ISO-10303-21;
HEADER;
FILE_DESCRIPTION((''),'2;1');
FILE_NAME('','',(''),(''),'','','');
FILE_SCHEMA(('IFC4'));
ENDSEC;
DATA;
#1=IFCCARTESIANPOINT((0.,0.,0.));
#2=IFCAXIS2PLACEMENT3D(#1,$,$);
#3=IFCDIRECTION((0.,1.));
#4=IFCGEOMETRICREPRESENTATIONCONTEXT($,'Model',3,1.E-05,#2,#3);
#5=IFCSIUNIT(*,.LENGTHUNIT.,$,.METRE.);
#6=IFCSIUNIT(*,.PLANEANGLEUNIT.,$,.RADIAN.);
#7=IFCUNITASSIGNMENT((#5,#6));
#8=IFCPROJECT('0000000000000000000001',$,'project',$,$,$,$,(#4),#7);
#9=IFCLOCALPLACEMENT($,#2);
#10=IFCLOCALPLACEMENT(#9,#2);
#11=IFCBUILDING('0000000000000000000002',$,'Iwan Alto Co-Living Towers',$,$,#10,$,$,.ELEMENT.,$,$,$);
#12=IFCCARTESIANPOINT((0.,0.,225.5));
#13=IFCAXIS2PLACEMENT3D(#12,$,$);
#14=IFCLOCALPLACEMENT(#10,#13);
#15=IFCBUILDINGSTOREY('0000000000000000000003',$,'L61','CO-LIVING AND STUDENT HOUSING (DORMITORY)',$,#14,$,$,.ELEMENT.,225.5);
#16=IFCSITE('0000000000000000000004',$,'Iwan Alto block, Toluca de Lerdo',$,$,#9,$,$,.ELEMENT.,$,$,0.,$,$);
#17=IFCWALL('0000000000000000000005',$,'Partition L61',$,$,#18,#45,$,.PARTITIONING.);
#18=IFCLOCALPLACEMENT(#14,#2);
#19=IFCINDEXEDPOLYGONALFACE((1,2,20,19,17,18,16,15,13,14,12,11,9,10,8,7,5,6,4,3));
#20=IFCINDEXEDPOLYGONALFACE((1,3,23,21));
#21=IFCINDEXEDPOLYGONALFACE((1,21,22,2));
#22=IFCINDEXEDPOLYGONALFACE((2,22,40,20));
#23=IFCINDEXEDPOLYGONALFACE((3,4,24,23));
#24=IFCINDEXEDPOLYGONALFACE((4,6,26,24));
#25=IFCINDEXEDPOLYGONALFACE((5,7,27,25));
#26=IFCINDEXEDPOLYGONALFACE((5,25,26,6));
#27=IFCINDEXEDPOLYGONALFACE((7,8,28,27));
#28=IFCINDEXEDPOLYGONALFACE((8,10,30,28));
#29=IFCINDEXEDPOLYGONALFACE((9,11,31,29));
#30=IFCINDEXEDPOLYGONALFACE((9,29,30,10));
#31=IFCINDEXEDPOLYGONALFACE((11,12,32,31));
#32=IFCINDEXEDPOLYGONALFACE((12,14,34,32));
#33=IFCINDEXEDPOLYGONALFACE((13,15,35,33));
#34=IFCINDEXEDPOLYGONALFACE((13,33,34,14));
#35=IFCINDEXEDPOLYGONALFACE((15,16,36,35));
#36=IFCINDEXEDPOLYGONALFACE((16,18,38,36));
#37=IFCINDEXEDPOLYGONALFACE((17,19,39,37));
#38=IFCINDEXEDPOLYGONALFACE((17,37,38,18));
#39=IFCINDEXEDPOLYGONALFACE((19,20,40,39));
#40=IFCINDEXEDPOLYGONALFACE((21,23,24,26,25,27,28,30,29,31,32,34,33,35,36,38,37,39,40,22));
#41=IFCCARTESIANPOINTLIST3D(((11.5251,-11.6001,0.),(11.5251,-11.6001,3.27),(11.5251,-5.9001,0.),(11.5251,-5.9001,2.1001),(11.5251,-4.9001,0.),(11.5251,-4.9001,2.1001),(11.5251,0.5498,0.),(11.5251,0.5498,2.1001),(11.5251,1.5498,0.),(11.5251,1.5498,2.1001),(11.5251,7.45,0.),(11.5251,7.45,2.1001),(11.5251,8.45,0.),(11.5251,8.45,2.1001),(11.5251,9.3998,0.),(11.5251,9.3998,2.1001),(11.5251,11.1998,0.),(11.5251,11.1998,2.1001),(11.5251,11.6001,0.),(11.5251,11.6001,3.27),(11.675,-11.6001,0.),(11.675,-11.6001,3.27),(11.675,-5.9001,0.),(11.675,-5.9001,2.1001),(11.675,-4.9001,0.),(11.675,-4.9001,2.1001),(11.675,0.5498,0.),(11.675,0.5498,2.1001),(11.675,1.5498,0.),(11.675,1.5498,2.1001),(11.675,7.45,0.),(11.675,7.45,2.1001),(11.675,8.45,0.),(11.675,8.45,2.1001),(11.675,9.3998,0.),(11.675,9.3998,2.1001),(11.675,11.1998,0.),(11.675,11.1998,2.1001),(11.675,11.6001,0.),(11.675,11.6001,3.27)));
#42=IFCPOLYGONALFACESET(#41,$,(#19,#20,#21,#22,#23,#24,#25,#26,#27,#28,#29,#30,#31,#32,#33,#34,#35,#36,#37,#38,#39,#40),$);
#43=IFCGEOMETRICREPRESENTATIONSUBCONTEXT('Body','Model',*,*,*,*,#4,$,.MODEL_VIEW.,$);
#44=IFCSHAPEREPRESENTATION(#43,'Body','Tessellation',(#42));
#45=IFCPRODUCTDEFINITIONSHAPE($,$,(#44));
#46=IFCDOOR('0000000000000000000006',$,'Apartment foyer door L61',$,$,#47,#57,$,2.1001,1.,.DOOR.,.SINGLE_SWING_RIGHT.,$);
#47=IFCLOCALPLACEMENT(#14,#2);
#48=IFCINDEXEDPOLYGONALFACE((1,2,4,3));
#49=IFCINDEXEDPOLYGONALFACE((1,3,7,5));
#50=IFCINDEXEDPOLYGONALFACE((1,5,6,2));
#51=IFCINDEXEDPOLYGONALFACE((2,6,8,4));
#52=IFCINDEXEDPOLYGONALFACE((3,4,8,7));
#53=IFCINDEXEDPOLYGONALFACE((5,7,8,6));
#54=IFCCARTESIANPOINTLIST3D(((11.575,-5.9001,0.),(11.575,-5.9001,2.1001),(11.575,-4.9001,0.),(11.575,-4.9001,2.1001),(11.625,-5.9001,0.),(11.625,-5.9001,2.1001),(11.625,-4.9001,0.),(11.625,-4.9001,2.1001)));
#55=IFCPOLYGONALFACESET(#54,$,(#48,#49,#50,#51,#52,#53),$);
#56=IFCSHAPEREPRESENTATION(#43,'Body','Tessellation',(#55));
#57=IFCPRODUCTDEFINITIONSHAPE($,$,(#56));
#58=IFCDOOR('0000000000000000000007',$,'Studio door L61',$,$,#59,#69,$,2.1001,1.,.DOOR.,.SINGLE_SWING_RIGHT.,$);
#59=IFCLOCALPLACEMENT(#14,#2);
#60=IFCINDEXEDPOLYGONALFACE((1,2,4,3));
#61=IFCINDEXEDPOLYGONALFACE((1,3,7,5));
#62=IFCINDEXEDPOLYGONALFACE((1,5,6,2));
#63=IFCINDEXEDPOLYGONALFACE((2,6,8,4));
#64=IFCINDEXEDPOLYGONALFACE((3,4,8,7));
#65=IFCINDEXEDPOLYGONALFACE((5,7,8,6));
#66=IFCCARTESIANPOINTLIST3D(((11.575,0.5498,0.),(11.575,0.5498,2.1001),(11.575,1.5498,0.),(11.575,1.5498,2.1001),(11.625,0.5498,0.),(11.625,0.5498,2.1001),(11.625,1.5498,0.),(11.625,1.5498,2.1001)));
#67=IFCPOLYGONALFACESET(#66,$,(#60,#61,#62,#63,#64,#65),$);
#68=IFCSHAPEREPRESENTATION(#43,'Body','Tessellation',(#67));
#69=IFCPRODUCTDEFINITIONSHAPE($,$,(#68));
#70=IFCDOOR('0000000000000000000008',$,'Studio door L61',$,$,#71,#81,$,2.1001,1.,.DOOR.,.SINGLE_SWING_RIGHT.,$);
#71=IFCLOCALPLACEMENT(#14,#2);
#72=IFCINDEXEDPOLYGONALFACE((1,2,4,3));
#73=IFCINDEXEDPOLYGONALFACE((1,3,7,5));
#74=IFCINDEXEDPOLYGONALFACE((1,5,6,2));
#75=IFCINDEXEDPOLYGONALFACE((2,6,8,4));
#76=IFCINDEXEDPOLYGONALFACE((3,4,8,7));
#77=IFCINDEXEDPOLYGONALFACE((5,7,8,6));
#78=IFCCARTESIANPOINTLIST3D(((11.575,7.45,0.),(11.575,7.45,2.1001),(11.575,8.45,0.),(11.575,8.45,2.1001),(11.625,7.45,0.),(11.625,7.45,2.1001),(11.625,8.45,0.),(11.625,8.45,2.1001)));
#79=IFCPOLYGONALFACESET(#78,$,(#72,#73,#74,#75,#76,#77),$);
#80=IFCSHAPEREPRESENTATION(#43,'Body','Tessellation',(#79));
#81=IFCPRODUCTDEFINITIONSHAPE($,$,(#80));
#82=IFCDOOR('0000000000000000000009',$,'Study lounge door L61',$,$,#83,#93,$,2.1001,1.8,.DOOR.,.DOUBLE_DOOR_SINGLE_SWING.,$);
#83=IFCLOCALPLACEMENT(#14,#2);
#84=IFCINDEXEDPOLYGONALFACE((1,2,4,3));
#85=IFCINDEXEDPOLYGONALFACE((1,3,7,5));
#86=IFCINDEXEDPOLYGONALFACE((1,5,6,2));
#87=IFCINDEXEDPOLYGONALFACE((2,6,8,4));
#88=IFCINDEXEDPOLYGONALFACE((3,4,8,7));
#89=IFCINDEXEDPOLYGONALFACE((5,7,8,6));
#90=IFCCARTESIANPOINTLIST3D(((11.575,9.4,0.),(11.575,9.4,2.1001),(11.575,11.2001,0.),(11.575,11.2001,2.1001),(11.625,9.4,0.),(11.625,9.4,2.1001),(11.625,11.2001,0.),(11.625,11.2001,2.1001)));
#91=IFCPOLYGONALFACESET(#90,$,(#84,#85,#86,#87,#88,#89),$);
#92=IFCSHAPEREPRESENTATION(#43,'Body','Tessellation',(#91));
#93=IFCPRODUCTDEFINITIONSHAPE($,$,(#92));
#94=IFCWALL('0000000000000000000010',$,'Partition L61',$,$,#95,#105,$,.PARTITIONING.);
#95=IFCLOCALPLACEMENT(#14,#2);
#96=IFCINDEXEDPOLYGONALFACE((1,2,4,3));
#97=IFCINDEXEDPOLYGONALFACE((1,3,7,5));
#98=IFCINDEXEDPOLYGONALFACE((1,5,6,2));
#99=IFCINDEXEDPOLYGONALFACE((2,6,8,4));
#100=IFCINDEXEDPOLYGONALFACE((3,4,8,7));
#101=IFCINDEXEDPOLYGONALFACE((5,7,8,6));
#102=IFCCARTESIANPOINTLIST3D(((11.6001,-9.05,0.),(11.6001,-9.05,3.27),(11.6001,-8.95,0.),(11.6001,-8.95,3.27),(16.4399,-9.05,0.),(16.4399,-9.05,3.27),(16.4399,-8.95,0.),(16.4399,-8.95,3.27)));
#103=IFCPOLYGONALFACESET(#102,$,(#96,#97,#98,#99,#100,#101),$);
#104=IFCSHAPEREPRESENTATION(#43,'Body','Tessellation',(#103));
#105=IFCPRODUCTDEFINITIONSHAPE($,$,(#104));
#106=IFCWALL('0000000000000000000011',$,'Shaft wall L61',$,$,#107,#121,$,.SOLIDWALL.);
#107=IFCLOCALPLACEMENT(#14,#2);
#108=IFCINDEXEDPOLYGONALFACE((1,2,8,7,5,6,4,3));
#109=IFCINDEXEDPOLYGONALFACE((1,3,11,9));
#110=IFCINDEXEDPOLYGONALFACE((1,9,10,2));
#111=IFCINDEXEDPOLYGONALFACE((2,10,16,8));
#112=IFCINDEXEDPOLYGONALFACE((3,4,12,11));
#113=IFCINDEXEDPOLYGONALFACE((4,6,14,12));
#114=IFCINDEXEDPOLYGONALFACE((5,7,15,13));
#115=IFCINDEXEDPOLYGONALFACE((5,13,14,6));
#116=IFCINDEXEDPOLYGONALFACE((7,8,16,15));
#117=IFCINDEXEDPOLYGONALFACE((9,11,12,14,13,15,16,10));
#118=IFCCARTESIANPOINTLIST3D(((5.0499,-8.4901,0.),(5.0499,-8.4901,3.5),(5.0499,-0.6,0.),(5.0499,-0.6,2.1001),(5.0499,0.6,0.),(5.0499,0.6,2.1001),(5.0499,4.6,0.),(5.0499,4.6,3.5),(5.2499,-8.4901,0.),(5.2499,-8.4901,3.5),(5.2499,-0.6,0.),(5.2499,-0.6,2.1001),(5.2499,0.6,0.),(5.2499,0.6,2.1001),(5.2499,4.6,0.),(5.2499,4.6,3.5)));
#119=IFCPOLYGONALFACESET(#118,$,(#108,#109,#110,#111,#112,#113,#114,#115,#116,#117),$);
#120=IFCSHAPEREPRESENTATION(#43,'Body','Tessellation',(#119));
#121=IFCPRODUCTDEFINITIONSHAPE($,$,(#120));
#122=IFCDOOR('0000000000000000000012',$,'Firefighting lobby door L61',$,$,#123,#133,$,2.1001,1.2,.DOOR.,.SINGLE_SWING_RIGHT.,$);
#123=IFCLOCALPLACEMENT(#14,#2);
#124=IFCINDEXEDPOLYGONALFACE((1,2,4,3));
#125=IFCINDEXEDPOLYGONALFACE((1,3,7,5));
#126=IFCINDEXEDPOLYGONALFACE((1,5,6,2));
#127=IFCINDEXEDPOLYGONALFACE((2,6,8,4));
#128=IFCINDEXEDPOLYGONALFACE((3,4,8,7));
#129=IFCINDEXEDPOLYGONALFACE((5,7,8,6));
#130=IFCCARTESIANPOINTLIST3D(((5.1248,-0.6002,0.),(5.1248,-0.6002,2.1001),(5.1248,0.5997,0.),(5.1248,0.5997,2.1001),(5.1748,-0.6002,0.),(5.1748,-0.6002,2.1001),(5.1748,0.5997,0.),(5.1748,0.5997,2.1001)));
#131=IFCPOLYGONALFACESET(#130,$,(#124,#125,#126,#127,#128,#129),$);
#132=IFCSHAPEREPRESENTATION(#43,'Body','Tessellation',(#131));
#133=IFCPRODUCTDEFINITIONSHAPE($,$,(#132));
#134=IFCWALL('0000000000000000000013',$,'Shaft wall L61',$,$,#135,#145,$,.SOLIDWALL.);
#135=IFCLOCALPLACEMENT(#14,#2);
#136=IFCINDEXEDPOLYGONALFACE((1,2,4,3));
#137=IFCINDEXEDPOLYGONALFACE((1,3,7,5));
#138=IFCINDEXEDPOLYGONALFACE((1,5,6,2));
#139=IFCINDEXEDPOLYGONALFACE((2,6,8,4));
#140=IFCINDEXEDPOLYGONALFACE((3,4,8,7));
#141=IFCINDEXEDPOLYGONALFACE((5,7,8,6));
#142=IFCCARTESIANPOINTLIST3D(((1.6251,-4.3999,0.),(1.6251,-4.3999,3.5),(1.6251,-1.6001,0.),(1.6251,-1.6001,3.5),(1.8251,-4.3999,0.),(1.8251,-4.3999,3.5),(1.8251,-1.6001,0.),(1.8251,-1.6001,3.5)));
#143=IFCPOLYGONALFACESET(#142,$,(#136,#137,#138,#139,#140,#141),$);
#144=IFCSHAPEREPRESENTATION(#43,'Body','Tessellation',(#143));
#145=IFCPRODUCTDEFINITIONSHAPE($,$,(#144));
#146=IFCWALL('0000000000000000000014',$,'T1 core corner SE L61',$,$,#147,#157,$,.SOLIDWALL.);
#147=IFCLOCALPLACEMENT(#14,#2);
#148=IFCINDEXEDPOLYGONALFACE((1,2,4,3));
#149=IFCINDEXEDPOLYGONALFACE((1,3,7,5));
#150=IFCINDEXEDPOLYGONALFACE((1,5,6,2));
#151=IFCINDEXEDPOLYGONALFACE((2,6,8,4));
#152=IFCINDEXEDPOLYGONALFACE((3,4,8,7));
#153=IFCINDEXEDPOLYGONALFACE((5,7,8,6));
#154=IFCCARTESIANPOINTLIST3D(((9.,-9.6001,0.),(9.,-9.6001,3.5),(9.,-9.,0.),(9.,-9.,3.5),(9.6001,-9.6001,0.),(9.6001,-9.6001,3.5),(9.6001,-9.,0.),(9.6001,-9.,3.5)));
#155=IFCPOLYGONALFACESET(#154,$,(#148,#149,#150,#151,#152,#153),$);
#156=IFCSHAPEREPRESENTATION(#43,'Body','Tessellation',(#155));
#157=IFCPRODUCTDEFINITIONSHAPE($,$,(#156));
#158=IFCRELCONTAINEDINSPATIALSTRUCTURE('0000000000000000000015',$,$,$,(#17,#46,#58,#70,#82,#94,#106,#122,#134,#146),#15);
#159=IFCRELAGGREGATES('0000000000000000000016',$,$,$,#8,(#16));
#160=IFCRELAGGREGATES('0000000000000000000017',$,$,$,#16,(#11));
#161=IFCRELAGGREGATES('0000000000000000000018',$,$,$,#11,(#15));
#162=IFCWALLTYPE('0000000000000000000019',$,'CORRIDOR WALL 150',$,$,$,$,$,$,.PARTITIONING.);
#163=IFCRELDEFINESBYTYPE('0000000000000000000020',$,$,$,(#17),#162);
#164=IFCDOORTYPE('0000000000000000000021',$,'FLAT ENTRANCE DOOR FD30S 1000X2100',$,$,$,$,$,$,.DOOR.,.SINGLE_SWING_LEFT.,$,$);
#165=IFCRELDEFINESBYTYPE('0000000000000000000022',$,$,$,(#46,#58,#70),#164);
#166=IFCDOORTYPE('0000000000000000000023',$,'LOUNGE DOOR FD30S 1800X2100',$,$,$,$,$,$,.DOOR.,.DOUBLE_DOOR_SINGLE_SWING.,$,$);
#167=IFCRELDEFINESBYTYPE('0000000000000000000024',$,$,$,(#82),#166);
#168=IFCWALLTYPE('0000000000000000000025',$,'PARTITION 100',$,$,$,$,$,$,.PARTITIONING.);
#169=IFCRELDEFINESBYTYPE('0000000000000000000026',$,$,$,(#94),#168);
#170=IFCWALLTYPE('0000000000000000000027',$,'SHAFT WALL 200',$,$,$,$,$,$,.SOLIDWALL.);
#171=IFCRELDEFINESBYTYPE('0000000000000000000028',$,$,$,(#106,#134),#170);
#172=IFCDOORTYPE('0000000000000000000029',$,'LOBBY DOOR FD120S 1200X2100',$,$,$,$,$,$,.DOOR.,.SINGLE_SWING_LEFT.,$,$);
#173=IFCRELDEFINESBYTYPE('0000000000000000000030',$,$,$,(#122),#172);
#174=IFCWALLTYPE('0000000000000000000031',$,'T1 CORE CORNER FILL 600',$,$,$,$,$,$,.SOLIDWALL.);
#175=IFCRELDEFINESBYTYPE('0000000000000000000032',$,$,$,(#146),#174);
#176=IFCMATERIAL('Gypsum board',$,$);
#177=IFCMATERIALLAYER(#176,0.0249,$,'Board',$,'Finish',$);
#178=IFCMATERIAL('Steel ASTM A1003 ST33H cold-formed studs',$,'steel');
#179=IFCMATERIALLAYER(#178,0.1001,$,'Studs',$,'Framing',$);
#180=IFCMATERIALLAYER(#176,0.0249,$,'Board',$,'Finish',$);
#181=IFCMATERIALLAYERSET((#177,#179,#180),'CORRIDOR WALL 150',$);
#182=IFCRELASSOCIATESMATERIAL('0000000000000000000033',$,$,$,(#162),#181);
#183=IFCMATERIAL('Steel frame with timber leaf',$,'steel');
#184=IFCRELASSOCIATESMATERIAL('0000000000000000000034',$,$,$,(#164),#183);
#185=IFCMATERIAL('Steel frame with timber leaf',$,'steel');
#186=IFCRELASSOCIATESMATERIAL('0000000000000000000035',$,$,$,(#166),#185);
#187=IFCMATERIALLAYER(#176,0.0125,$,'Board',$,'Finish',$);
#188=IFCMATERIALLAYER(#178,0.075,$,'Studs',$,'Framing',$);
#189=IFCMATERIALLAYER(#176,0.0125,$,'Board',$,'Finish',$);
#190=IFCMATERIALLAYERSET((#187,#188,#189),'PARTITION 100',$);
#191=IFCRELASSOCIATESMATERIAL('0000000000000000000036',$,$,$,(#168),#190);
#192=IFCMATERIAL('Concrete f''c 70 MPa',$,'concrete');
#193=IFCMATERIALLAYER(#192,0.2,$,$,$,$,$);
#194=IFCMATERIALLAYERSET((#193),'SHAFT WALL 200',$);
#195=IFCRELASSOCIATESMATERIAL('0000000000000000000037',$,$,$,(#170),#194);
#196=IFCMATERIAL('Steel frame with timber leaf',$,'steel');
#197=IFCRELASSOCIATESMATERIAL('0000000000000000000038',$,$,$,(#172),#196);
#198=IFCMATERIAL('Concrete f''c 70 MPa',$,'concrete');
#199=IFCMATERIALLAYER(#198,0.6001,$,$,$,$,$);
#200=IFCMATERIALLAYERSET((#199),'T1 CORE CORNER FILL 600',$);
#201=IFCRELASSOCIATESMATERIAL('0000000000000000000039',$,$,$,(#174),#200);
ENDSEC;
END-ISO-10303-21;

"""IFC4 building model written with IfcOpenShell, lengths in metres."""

from ifc_helpers import new_model, si_unit, direction, frame, frame_2d, origin, place, context, subcontext, project, spatial, rectangle, extrude, material, layer, layer_set, type_object, element, fill, save


model = new_model("IFC4")

# Units and contexts
model_context = context("Model", 3, precision=1e-05, world=origin(), true_north=direction((0.0, 1.0)))
body_context = subcontext(model_context, "Body", "Model", "MODEL_VIEW")
ifc_project = project(units=[si_unit("LENGTHUNIT", "METRE"), si_unit("PLANEANGLEUNIT", "RADIAN")], contexts=[model_context])

# Site, building, storey
site_placement = place(None, origin())
site = spatial("IfcSite", under=ifc_project, at=site_placement, Name="Iwan Alto block, Toluca de Lerdo", CompositionType="ELEMENT", RefElevation=0.0)
building_placement = place(site_placement, origin())
building = spatial("IfcBuilding", under=site, at=building_placement, Name="Iwan Alto Co-Living Towers", CompositionType="ELEMENT")
storey_placement = place(building_placement, frame((0.0, 0.0, 225.5)))
storey = spatial("IfcBuildingStorey", under=building, at=storey_placement, Name="L61", Description="CO-LIVING AND STUDENT HOUSING (DORMITORY)", CompositionType="ELEMENT", Elevation=225.5)

# Wall, openings, doors
ifc_material_1 = material(Name="Gypsum board")
ifc_layer_1 = layer(ifc_material_1, 0.0249, Name="Board", Category="Finish")
ifc_material_2 = material(Name="Steel ASTM A1003 ST33H cold-formed studs", Category="steel")
ifc_layer_2 = layer(ifc_material_2, 0.1001, Name="Studs", Category="Framing")
ifc_layer_3 = layer(ifc_material_1, 0.0249, Name="Board", Category="Finish")
ifc_layer_set_1 = layer_set([ifc_layer_1, ifc_layer_2, ifc_layer_3], Name="CORRIDOR WALL 150")
wall_type_1 = type_object("IfcWallType", Name="CORRIDOR WALL 150", PredefinedType="PARTITIONING", material=ifc_layer_set_1)
wall_1_placement = place(storey_placement, frame((11.6001, -11.6001, 0.0), z_axis=(0.0, 0.0, 1.0), x_axis=(0.0, 1.0, 0.0)))
wall_1 = element("IfcWall", 1, at=wall_1_placement, inside=storey, type_object=wall_type_1, Name="Partition L61", PredefinedType="PARTITIONING", context=body_context, shape_type="SweptSolid", body=[
    extrude(rectangle(XDim=23.2002, YDim=0.1499, at=frame_2d((11.6001, 0.0))), origin(), (0.0, 0.0, 1.0), 3.27),
])
opening_1_placement = place(wall_1_placement, frame((5.7, 0.0, 0.0)))
opening_1 = element("IfcOpeningElement", 2, at=opening_1_placement, cuts=wall_1, PredefinedType="OPENING", context=body_context, shape_type="SweptSolid", body=[
    extrude(rectangle(XDim=1.0, YDim=2.1001, at=frame_2d((0.5, 1.05))), frame((0.0, 0.085, 0.0), z_axis=(0.0, -1.0, 0.0), x_axis=(1.0, 0.0, 0.0)), (0.0, 0.0, 1.0), 0.1699),
])
opening_2_placement = place(wall_1_placement, frame((12.1499, 0.0, 0.0)))
opening_2 = element("IfcOpeningElement", 3, at=opening_2_placement, cuts=wall_1, PredefinedType="OPENING", context=body_context, shape_type="SweptSolid", body=[
    extrude(rectangle(XDim=1.0, YDim=2.1001, at=frame_2d((0.5, 1.05))), frame((0.0, 0.085, 0.0), z_axis=(0.0, -1.0, 0.0), x_axis=(1.0, 0.0, 0.0)), (0.0, 0.0, 1.0), 0.1699),
])
opening_3_placement = place(wall_1_placement, frame((19.05, 0.0, 0.0)))
opening_3 = element("IfcOpeningElement", 4, at=opening_3_placement, cuts=wall_1, PredefinedType="OPENING", context=body_context, shape_type="SweptSolid", body=[
    extrude(rectangle(XDim=1.0, YDim=2.1001, at=frame_2d((0.5, 1.05))), frame((0.0, 0.085, 0.0), z_axis=(0.0, -1.0, 0.0), x_axis=(1.0, 0.0, 0.0)), (0.0, 0.0, 1.0), 0.1699),
])
opening_4_placement = place(wall_1_placement, frame((21.0, 0.0, 0.0)))
opening_4 = element("IfcOpeningElement", 5, at=opening_4_placement, cuts=wall_1, PredefinedType="OPENING", context=body_context, shape_type="SweptSolid", body=[
    extrude(rectangle(XDim=1.8, YDim=2.1001, at=frame_2d((0.8999, 1.05))), frame((0.0, 0.085, 0.0), z_axis=(0.0, -1.0, 0.0), x_axis=(1.0, 0.0, 0.0)), (0.0, 0.0, 1.0), 0.1699),
])
ifc_material_3 = material(Name="Steel frame with timber leaf", Category="steel")
door_type_1 = type_object("IfcDoorType", Name="FLAT ENTRANCE DOOR FD30S 1000X2100", OperationType="SINGLE_SWING_LEFT", PredefinedType="DOOR", material=ifc_material_3)
door_1_placement = place(opening_1_placement, frame((1.0, 0.0, 0.0), z_axis=(0.0, 0.0, 1.0), x_axis=(-1.0, 0.0, 0.0)))
door_1 = element("IfcDoor", 6, at=door_1_placement, inside=storey, type_object=door_type_1, Name="Apartment foyer door L61", OperationType="SINGLE_SWING_RIGHT", OverallHeight=2.1001, OverallWidth=1.0, PredefinedType="DOOR", context=body_context, shape_type="SweptSolid", body=[
    extrude(rectangle(XDim=1.0, YDim=2.1001, at=frame_2d((0.5, 1.05))), frame((0.0, 0.0249, 0.0), z_axis=(0.0, -1.0, 0.0), x_axis=(1.0, 0.0, 0.0)), (0.0, 0.0, 1.0), 0.05),
])
fill(opening_1, door_1)
door_2_placement = place(opening_2_placement, frame((1.0, 0.0, 0.0), z_axis=(0.0, 0.0, 1.0), x_axis=(-1.0, 0.0, 0.0)))
door_2 = element("IfcDoor", 7, at=door_2_placement, inside=storey, type_object=door_type_1, Name="Studio door L61", OperationType="SINGLE_SWING_RIGHT", OverallHeight=2.1001, OverallWidth=1.0, PredefinedType="DOOR", context=body_context, shape_type="SweptSolid", body=[
    extrude(rectangle(XDim=1.0, YDim=2.1001, at=frame_2d((0.5, 1.05))), frame((0.0, 0.0249, 0.0), z_axis=(0.0, -1.0, 0.0), x_axis=(1.0, 0.0, 0.0)), (0.0, 0.0, 1.0), 0.05),
])
fill(opening_2, door_2)
door_3_placement = place(opening_3_placement, frame((1.0, 0.0, 0.0), z_axis=(0.0, 0.0, 1.0), x_axis=(-1.0, 0.0, 0.0)))
door_3 = element("IfcDoor", 8, at=door_3_placement, inside=storey, type_object=door_type_1, Name="Studio door L61", OperationType="SINGLE_SWING_RIGHT", OverallHeight=2.1001, OverallWidth=1.0, PredefinedType="DOOR", context=body_context, shape_type="SweptSolid", body=[
    extrude(rectangle(XDim=1.0, YDim=2.1001, at=frame_2d((0.5, 1.05))), frame((0.0, 0.0249, 0.0), z_axis=(0.0, -1.0, 0.0), x_axis=(1.0, 0.0, 0.0)), (0.0, 0.0, 1.0), 0.05),
])
fill(opening_3, door_3)
ifc_material_4 = material(Name="Steel frame with timber leaf", Category="steel")
door_type_2 = type_object("IfcDoorType", Name="LOUNGE DOOR FD30S 1800X2100", OperationType="DOUBLE_DOOR_SINGLE_SWING", PredefinedType="DOOR", material=ifc_material_4)
door_4_placement = place(opening_4_placement, frame((1.8, 0.0, 0.0), z_axis=(0.0, 0.0, 1.0), x_axis=(-1.0, 0.0, 0.0)))
door_4 = element("IfcDoor", 9, at=door_4_placement, inside=storey, type_object=door_type_2, Name="Study lounge door L61", OperationType="DOUBLE_DOOR_SINGLE_SWING", OverallHeight=2.1001, OverallWidth=1.8, PredefinedType="DOOR", context=body_context, shape_type="SweptSolid", body=[
    extrude(rectangle(XDim=1.8, YDim=2.1001, at=frame_2d((0.8999, 1.05))), frame((0.0, 0.0249, 0.0), z_axis=(0.0, -1.0, 0.0), x_axis=(1.0, 0.0, 0.0)), (0.0, 0.0, 1.0), 0.05),
])
fill(opening_4, door_4)

# Wall
ifc_layer_4 = layer(ifc_material_1, 0.0125, Name="Board", Category="Finish")
ifc_layer_5 = layer(ifc_material_2, 0.075, Name="Studs", Category="Framing")
ifc_layer_6 = layer(ifc_material_1, 0.0125, Name="Board", Category="Finish")
ifc_layer_set_2 = layer_set([ifc_layer_4, ifc_layer_5, ifc_layer_6], Name="PARTITION 100")
wall_type_2 = type_object("IfcWallType", Name="PARTITION 100", PredefinedType="PARTITIONING", material=ifc_layer_set_2)
wall_2_placement = place(storey_placement, frame((11.6001, -9.0, 0.0), z_axis=(0.0, 0.0, 1.0), x_axis=(1.0, 0.0, 0.0)))
element("IfcWall", 10, at=wall_2_placement, inside=storey, type_object=wall_type_2, Name="Partition L61", PredefinedType="PARTITIONING", context=body_context, shape_type="SweptSolid", body=[
    extrude(rectangle(XDim=4.8398, YDim=0.1001, at=frame_2d((2.4199, 0.0))), origin(), (0.0, 0.0, 1.0), 3.27),
])

# Wall, opening, door
ifc_material_5 = material(Name="Concrete f'c 70 MPa", Category="concrete")
ifc_layer_7 = layer(ifc_material_5, 0.2)
ifc_layer_set_3 = layer_set([ifc_layer_7], Name="SHAFT WALL 200")
wall_type_3 = type_object("IfcWallType", Name="SHAFT WALL 200", PredefinedType="SOLIDWALL", material=ifc_layer_set_3)
wall_3_placement = place(storey_placement, frame((5.1499, -8.49, 0.0), z_axis=(0.0, 0.0, 1.0), x_axis=(0.0, 1.0, 0.0)))
wall_3 = element("IfcWall", 11, at=wall_3_placement, inside=storey, type_object=wall_type_3, Name="Shaft wall L61", PredefinedType="SOLIDWALL", context=body_context, shape_type="SweptSolid", body=[
    extrude(rectangle(XDim=13.0901, YDim=0.2, at=frame_2d((6.5449, 0.0))), origin(), (0.0, 0.0, 1.0), 3.5),
])
opening_5_placement = place(wall_3_placement, frame((7.8899, 0.0, 0.0)))
opening_5 = element("IfcOpeningElement", 12, at=opening_5_placement, cuts=wall_3, PredefinedType="OPENING", context=body_context, shape_type="SweptSolid", body=[
    extrude(rectangle(XDim=1.2, YDim=2.1001, at=frame_2d((0.6001, 1.05))), frame((0.0, 0.1099, 0.0), z_axis=(0.0, -1.0, 0.0), x_axis=(1.0, 0.0, 0.0)), (0.0, 0.0, 1.0), 0.22),
])
ifc_material_6 = material(Name="Steel frame with timber leaf", Category="steel")
door_type_3 = type_object("IfcDoorType", Name="LOBBY DOOR FD120S 1200X2100", OperationType="SINGLE_SWING_LEFT", PredefinedType="DOOR", material=ifc_material_6)
door_5_placement = place(opening_5_placement, frame((1.2, 0.0, 0.0), z_axis=(0.0, 0.0, 1.0), x_axis=(-1.0, 0.0, 0.0)))
door_5 = element("IfcDoor", 13, at=door_5_placement, inside=storey, type_object=door_type_3, Name="Firefighting lobby door L61", OperationType="SINGLE_SWING_RIGHT", OverallHeight=2.1001, OverallWidth=1.2, PredefinedType="DOOR", context=body_context, shape_type="SweptSolid", body=[
    extrude(rectangle(XDim=1.2, YDim=2.1001, at=frame_2d((0.6001, 1.05))), frame((0.0, 0.0249, 0.0), z_axis=(0.0, -1.0, 0.0), x_axis=(1.0, 0.0, 0.0)), (0.0, 0.0, 1.0), 0.05),
])
fill(opening_5, door_5)

# Walls
wall_4_placement = place(storey_placement, frame((1.7251, -4.3999, 0.0), z_axis=(0.0, 0.0, 1.0), x_axis=(0.0, 1.0, 0.0)))
element("IfcWall", 14, at=wall_4_placement, inside=storey, type_object=wall_type_3, Name="Shaft wall L61", PredefinedType="SOLIDWALL", context=body_context, shape_type="SweptSolid", body=[
    extrude(rectangle(XDim=2.7998, YDim=0.2, at=frame_2d((1.3999, 0.0))), origin(), (0.0, 0.0, 1.0), 3.5),
])
ifc_material_7 = material(Name="Concrete f'c 70 MPa", Category="concrete")
ifc_layer_8 = layer(ifc_material_7, 0.6001)
ifc_layer_set_4 = layer_set([ifc_layer_8], Name="T1 CORE CORNER FILL 600")
wall_type_4 = type_object("IfcWallType", Name="T1 CORE CORNER FILL 600", PredefinedType="SOLIDWALL", material=ifc_layer_set_4)
wall_5_placement = place(storey_placement, frame((9.0, -9.3, 0.0), z_axis=(0.0, 0.0, 1.0), x_axis=(1.0, 0.0, 0.0)))
element("IfcWall", 15, at=wall_5_placement, inside=storey, type_object=wall_type_4, Name="T1 core corner SE L61", PredefinedType="SOLIDWALL", context=body_context, shape_type="SweptSolid", body=[
    extrude(rectangle(XDim=0.6001, YDim=0.6001, at=frame_2d((0.3, 0.0))), origin(), (0.0, 0.0, 1.0), 3.5),
])

save(model, "model.ifc")
